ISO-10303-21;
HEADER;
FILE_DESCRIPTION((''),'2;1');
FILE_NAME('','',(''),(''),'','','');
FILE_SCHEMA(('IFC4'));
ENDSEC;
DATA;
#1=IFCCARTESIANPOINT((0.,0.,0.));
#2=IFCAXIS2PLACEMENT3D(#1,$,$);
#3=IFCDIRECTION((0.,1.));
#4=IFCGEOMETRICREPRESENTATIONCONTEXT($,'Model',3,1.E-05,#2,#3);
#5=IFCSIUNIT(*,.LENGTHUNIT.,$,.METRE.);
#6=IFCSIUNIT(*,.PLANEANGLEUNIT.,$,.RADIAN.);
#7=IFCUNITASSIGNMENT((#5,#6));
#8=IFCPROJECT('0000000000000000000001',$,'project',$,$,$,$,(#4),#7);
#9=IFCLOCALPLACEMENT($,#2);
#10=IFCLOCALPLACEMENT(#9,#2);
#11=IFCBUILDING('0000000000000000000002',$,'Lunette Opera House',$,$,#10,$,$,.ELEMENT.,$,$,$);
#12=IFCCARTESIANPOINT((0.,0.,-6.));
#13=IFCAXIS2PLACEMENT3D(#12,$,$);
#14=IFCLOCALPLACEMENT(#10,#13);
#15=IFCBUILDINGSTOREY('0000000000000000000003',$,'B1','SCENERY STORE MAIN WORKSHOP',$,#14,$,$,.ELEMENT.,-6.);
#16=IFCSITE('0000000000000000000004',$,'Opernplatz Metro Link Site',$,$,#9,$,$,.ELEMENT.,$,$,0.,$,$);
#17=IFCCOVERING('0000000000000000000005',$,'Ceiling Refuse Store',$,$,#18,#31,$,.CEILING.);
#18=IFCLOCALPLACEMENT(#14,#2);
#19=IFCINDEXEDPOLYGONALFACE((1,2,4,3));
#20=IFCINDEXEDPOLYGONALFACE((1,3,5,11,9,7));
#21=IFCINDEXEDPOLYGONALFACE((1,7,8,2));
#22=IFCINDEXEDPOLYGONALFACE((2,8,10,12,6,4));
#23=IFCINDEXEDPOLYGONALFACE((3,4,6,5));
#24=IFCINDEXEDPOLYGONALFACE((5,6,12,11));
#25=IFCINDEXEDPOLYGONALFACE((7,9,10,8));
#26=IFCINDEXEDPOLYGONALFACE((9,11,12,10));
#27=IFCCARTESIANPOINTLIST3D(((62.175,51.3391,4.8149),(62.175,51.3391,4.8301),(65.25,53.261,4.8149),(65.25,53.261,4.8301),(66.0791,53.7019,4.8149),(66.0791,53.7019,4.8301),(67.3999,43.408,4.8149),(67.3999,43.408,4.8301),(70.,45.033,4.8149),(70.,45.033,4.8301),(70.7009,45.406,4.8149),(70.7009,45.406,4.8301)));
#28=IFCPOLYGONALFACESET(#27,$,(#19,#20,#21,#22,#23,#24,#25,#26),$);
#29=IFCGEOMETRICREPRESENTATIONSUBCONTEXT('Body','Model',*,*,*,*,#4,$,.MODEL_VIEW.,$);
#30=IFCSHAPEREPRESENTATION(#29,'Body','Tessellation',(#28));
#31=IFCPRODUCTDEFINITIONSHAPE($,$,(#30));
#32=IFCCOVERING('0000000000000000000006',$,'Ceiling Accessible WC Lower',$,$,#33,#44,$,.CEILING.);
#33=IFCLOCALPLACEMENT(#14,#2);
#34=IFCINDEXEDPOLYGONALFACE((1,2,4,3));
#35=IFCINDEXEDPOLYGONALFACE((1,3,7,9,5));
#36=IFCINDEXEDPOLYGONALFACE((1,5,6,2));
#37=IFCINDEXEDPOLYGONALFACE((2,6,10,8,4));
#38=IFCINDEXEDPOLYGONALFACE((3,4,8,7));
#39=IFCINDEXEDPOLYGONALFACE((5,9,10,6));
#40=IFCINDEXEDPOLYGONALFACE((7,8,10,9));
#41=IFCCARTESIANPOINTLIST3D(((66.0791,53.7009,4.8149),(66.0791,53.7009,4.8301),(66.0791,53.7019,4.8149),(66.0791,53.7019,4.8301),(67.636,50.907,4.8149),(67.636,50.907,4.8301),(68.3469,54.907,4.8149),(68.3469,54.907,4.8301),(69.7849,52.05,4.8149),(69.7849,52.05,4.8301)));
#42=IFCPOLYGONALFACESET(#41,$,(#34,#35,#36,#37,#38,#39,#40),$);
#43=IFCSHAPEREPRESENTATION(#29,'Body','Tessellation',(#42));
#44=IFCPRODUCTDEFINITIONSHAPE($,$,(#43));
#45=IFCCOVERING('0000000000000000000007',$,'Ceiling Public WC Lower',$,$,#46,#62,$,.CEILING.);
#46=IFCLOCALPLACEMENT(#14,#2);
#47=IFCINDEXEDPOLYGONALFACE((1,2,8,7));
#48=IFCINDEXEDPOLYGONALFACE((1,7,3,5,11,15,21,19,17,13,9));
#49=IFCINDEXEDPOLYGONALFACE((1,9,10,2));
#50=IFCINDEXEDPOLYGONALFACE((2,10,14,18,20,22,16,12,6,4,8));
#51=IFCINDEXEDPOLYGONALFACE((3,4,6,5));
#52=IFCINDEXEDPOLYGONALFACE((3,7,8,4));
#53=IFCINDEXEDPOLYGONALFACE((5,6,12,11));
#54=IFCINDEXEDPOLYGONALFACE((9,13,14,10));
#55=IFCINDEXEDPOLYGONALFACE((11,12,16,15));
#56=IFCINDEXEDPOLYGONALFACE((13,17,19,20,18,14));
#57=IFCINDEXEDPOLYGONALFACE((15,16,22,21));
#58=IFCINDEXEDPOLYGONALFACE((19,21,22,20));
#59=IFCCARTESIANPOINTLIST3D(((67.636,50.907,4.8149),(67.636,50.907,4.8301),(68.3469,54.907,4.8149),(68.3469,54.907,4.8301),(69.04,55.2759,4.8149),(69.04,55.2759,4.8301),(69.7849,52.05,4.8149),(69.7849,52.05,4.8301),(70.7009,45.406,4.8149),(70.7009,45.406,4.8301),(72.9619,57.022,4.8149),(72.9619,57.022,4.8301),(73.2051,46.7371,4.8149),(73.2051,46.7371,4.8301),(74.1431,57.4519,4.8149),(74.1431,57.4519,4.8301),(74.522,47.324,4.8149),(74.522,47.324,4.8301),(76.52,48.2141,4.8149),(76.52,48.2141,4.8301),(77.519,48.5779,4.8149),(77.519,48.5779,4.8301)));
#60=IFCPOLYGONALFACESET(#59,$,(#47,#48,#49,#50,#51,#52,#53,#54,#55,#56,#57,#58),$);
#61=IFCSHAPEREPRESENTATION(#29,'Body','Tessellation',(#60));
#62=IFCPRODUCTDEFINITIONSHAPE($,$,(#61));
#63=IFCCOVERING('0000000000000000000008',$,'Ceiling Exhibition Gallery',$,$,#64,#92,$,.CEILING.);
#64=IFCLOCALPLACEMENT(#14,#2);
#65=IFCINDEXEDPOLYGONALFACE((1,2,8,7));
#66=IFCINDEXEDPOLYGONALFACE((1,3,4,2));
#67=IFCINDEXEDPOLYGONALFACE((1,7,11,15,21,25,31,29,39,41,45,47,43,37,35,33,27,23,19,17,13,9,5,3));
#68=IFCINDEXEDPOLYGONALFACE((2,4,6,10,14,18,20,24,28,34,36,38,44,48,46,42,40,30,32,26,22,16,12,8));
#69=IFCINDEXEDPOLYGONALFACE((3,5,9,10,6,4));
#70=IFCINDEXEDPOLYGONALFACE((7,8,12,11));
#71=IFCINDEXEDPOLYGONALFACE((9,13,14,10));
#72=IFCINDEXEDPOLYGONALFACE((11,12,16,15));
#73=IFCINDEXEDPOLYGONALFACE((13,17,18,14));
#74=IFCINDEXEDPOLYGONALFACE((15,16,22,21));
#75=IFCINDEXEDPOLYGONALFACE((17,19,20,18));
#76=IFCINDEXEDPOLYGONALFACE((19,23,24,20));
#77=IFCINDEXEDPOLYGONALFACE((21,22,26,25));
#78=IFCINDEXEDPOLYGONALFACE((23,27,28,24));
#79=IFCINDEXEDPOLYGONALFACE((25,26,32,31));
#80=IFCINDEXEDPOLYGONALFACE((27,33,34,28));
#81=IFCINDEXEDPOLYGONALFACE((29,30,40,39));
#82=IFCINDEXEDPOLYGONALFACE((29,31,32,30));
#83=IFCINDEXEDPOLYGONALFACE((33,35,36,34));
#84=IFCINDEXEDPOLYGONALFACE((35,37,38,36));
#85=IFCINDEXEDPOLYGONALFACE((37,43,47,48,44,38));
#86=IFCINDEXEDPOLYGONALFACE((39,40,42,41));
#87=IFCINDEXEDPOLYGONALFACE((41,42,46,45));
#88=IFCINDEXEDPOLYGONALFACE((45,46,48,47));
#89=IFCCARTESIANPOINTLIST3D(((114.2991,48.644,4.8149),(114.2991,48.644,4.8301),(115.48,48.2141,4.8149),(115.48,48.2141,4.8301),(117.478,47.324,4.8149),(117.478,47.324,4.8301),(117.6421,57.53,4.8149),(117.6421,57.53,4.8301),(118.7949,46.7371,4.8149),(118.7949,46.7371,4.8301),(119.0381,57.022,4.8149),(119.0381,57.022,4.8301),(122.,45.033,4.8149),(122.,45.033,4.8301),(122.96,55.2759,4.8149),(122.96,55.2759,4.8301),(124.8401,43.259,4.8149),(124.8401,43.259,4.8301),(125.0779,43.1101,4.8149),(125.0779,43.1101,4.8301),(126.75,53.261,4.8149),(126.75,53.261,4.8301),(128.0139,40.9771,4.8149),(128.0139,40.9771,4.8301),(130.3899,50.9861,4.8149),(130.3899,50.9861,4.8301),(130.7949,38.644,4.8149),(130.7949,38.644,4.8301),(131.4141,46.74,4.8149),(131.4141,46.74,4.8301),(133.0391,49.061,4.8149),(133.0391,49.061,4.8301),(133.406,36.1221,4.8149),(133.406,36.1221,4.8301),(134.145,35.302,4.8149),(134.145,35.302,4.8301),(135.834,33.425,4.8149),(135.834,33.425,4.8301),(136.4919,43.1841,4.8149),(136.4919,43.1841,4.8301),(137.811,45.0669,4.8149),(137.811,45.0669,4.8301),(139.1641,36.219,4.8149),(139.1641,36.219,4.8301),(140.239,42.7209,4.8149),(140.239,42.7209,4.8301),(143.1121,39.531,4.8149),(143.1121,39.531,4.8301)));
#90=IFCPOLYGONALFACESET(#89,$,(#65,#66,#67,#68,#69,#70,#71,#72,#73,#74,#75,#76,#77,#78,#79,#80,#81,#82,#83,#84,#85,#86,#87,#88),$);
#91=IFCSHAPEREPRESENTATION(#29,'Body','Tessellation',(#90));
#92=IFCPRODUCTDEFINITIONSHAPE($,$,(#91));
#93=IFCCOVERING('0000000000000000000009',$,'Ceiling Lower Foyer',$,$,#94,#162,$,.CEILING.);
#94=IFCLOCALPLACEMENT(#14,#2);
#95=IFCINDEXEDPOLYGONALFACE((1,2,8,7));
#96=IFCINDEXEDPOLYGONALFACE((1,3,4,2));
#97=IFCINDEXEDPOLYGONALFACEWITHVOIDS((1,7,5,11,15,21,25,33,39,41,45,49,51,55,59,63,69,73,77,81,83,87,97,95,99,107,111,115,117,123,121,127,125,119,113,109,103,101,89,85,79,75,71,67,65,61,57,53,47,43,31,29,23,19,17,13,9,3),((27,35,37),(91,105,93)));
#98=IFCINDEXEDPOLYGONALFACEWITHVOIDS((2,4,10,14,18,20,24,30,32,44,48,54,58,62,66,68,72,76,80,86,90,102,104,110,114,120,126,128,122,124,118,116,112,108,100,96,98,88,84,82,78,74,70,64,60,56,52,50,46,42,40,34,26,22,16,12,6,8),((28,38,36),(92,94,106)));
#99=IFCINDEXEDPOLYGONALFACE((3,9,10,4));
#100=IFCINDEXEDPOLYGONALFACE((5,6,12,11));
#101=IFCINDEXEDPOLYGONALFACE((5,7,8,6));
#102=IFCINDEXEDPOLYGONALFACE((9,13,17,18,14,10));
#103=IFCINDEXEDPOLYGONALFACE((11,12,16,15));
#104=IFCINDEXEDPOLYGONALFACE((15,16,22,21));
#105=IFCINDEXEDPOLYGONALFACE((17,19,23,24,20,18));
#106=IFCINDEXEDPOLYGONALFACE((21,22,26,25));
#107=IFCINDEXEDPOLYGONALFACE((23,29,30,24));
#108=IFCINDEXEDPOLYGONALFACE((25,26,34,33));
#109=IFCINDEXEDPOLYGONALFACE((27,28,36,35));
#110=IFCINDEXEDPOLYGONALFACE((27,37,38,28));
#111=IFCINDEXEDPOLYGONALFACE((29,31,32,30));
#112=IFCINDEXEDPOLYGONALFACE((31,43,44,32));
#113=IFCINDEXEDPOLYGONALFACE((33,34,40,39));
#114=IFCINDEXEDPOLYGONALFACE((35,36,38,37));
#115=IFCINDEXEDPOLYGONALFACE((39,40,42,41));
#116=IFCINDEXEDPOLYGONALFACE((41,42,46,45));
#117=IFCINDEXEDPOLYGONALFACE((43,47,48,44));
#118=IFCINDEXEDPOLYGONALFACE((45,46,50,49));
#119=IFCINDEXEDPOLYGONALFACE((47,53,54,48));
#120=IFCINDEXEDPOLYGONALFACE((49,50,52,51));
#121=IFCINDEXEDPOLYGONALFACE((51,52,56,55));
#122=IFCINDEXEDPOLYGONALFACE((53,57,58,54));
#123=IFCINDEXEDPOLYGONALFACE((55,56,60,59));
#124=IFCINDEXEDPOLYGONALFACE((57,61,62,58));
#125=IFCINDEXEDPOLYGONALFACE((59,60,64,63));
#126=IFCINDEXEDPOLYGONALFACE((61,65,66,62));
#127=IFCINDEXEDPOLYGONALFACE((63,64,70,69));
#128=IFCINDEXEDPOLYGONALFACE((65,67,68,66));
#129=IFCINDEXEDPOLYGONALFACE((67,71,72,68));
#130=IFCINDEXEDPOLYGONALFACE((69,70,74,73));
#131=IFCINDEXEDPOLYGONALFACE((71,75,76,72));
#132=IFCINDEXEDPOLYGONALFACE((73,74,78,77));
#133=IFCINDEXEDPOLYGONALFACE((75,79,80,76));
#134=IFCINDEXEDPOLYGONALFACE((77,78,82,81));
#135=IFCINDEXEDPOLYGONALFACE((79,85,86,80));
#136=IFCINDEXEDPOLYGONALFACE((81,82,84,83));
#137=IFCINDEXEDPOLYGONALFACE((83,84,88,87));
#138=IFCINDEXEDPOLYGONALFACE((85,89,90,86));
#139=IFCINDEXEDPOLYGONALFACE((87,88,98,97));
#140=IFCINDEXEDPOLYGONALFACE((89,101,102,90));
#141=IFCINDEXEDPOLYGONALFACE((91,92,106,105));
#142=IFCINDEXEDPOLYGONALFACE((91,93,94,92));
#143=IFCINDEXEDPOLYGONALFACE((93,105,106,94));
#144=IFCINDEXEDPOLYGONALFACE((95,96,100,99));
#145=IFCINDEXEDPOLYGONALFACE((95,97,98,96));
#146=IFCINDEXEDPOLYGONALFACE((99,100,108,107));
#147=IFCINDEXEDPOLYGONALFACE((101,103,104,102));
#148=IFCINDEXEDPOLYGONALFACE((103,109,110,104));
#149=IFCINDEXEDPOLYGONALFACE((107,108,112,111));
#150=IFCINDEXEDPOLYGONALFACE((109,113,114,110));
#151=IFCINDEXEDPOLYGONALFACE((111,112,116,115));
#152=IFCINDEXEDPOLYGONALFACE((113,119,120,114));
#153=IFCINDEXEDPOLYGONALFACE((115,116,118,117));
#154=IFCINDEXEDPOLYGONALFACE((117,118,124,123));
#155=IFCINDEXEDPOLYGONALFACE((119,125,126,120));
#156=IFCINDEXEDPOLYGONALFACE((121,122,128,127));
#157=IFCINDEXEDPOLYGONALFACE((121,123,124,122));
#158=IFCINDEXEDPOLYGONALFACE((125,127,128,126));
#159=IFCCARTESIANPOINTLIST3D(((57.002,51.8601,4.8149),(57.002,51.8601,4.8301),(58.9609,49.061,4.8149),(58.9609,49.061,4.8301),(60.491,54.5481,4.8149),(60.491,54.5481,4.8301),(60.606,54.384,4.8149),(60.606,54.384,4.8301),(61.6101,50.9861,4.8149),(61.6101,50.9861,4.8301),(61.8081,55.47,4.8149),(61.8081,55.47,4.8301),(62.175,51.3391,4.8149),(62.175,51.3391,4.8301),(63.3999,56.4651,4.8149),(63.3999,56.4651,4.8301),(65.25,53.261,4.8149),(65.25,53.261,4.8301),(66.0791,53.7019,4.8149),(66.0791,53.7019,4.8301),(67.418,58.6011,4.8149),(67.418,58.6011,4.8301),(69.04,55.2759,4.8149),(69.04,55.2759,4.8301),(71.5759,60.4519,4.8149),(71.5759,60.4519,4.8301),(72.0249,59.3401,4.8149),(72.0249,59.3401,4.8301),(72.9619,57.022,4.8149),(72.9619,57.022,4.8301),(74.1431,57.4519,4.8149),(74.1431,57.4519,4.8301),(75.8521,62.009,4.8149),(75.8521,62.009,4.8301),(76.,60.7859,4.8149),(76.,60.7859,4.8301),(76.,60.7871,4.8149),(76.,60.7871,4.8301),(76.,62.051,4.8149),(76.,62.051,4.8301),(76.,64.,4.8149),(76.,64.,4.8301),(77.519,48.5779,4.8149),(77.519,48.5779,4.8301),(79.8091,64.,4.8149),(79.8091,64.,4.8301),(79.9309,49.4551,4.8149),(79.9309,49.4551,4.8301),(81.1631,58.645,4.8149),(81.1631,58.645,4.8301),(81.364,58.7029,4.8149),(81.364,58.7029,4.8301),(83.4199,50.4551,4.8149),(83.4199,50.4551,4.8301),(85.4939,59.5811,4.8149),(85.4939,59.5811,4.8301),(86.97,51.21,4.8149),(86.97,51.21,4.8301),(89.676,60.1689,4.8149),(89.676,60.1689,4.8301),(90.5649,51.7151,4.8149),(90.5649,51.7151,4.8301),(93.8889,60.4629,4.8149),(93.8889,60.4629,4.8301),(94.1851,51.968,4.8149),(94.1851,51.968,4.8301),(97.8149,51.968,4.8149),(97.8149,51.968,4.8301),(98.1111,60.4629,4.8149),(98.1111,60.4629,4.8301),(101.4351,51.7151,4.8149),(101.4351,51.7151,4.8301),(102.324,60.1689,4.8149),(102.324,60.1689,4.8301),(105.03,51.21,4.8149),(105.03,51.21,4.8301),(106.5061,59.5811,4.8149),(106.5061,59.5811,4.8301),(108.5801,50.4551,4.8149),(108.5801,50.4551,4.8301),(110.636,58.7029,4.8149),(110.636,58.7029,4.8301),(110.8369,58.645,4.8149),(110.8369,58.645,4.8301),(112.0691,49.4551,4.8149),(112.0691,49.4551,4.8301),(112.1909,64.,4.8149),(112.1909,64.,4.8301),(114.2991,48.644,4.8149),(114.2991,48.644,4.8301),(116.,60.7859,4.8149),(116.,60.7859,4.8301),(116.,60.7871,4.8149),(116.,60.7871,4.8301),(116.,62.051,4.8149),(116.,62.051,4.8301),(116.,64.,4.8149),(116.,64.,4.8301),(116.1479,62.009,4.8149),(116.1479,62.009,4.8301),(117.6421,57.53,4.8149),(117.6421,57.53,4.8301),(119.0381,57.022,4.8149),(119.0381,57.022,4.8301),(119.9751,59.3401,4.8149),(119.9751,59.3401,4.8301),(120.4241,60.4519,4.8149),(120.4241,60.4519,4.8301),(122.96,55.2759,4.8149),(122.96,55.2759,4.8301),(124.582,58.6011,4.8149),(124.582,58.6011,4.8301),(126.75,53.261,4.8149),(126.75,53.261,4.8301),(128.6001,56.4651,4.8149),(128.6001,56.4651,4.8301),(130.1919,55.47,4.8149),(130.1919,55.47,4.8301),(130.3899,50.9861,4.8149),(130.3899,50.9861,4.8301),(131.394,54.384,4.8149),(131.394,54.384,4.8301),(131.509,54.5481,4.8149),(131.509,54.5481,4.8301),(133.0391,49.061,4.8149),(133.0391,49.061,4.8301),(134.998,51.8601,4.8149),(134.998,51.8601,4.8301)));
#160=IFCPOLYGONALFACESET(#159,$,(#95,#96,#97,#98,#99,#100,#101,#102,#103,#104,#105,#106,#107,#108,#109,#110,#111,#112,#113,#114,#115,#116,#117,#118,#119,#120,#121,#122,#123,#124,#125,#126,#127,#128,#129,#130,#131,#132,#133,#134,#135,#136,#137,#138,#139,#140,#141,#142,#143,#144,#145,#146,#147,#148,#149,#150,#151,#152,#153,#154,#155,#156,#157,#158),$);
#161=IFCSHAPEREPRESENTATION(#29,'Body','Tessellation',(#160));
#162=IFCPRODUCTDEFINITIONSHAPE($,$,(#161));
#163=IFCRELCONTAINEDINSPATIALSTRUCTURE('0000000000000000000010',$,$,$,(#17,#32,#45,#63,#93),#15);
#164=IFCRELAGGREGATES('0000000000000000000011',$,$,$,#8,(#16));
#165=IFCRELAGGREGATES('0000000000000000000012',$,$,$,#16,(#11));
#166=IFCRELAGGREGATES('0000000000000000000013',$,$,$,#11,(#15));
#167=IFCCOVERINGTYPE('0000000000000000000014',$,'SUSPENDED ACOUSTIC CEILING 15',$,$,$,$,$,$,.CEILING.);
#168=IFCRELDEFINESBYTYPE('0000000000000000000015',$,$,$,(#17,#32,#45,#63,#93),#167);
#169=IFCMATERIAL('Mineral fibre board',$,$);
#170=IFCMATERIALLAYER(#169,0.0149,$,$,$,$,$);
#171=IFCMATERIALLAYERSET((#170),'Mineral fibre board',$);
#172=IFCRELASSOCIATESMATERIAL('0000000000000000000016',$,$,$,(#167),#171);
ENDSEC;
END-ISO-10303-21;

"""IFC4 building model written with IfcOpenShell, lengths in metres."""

from ifc_helpers import new_model, si_unit, direction, frame, origin, place, context, subcontext, project, spatial, polyline, outline, extrude, material, layer, layer_set, type_object, element, save


model = new_model("IFC4")

# Units and contexts
model_context = context("Model", 3, precision=1e-05, world=origin(), true_north=direction((0.0, 1.0)))
body_context = subcontext(model_context, "Body", "Model", "MODEL_VIEW")
ifc_project = project(units=[si_unit("LENGTHUNIT", "METRE"), si_unit("PLANEANGLEUNIT", "RADIAN")], contexts=[model_context])

# Site, building, storey
site_placement = place(None, origin())
site = spatial("IfcSite", under=ifc_project, at=site_placement, Name="Opernplatz Metro Link Site", CompositionType="ELEMENT", RefElevation=0.0)
building_placement = place(site_placement, origin())
building = spatial("IfcBuilding", under=site, at=building_placement, Name="Lunette Opera House", CompositionType="ELEMENT")
storey_placement = place(building_placement, frame((0.0, 0.0, -6.0)))
storey = spatial("IfcBuildingStorey", under=building, at=storey_placement, Name="B1", Description="SCENERY STORE MAIN WORKSHOP", CompositionType="ELEMENT", Elevation=-6.0)

# Coverings
ifc_material_1 = material(Name="Mineral fibre board")
ifc_layer_1 = layer(ifc_material_1, 0.0149)
ifc_layer_set_1 = layer_set([ifc_layer_1], Name="Mineral fibre board")
covering_type = type_object("IfcCoveringType", Name="SUSPENDED ACOUSTIC CEILING 15", PredefinedType="CEILING", material=ifc_layer_set_1)
covering_1_placement = place(storey_placement, frame((0.0, 0.0, 4.8149)))
element("IfcCovering", 1, at=covering_1_placement, inside=storey, type_object=covering_type, Name="Ceiling Refuse Store", PredefinedType="CEILING", context=body_context, shape_type="SweptSolid", body=[
    extrude(outline(polyline([(67.3999, 43.408), (62.175, 51.3391), (65.25, 53.261), (66.0791, 53.7019), (70.7009, 45.406), (70.0, 45.033), (67.3999, 43.408)])), origin(), (0.0, 0.0, 1.0), 0.0151),
])
covering_2_placement = place(storey_placement, frame((0.0, 0.0, 4.8149)))
element("IfcCovering", 2, at=covering_2_placement, inside=storey, type_object=covering_type, Name="Ceiling Accessible WC Lower", PredefinedType="CEILING", context=body_context, shape_type="SweptSolid", body=[
    extrude(outline(polyline([(66.0791, 53.7019), (68.3469, 54.907), (69.7849, 52.05), (67.636, 50.907), (66.0791, 53.7009), (66.0791, 53.7019)])), origin(), (0.0, 0.0, 1.0), 0.0151),
])
covering_3_placement = place(storey_placement, frame((0.0, 0.0, 4.8149)))
element("IfcCovering", 3, at=covering_3_placement, inside=storey, type_object=covering_type, Name="Ceiling Public WC Lower", PredefinedType="CEILING", context=body_context, shape_type="SweptSolid", body=[
    extrude(outline(polyline([(73.2051, 46.7371), (70.7009, 45.406), (67.636, 50.907), (69.7849, 52.05), (68.3469, 54.907), (69.04, 55.2759), (72.9619, 57.022), (74.1431, 57.4519), (77.519, 48.5779), (76.52, 48.2141), (74.522, 47.324), (73.2051, 46.7371)])), origin(), (0.0, 0.0, 1.0), 0.0151),
])
covering_4_placement = place(storey_placement, frame((0.0, 0.0, 4.8149)))
element("IfcCovering", 4, at=covering_4_placement, inside=storey, type_object=covering_type, Name="Ceiling Exhibition Gallery", PredefinedType="CEILING", context=body_context, shape_type="SweptSolid", body=[
    extrude(outline(polyline([(122.96, 55.2759), (126.75, 53.261), (130.3899, 50.9861), (133.0391, 49.061), (131.4141, 46.74), (136.4919, 43.1841), (137.811, 45.0669), (140.239, 42.7209), (143.1121, 39.531), (139.1641, 36.219), (135.834, 33.425), (134.145, 35.302), (133.406, 36.1221), (130.7949, 38.644), (128.0139, 40.9771), (125.0779, 43.1101), (124.8401, 43.259), (122.0, 45.033), (118.7949, 46.7371), (117.478, 47.324), (115.48, 48.2141), (114.2991, 48.644), (117.6421, 57.53), (119.0381, 57.022), (122.96, 55.2759)])), origin(), (0.0, 0.0, 1.0), 0.0151),
])
covering_5_placement = place(storey_placement, frame((0.0, 0.0, 4.8149)))
element("IfcCovering", 5, at=covering_5_placement, inside=storey, type_object=covering_type, Name="Ceiling Lower Foyer", PredefinedType="CEILING", context=body_context, shape_type="SweptSolid", body=[
    extrude(outline(polyline([(63.3999, 56.4651), (67.418, 58.6011), (71.5759, 60.4519), (75.8521, 62.009), (76.0, 62.051), (76.0, 64.0), (79.8091, 64.0), (81.1631, 58.645), (81.364, 58.7029), (85.4939, 59.5811), (89.676, 60.1689), (93.8889, 60.4629), (98.1111, 60.4629), (102.324, 60.1689), (106.5061, 59.5811), (110.636, 58.7029), (110.8369, 58.645), (112.1909, 64.0), (116.0, 64.0), (116.0, 62.051), (116.1479, 62.009), (120.4241, 60.4519), (124.582, 58.6011), (128.6001, 56.4651), (130.1919, 55.47), (131.509, 54.5481), (131.394, 54.384), (134.998, 51.8601), (133.0391, 49.061), (130.3899, 50.9861), (126.75, 53.261), (122.96, 55.2759), (119.0381, 57.022), (117.6421, 57.53), (114.2991, 48.644), (112.0691, 49.4551), (108.5801, 50.4551), (105.03, 51.21), (101.4351, 51.7151), (97.8149, 51.968), (94.1851, 51.968), (90.5649, 51.7151), (86.97, 51.21), (83.4199, 50.4551), (79.9309, 49.4551), (77.519, 48.5779), (74.1431, 57.4519), (72.9619, 57.022), (69.04, 55.2759), (66.0791, 53.7019), (65.25, 53.261), (62.175, 51.3391), (61.6101, 50.9861), (58.9609, 49.061), (57.002, 51.8601), (60.606, 54.384), (60.491, 54.5481), (61.8081, 55.47), (63.3999, 56.4651)]), holes=[polyline([(116.0, 60.7859), (119.9751, 59.3401), (116.0, 60.7871), (116.0, 60.7859)]), polyline([(72.0249, 59.3401), (76.0, 60.7859), (76.0, 60.7871), (72.0249, 59.3401)])]), origin(), (0.0, 0.0, 1.0), 0.0151),
])

save(model, "model.ifc")
